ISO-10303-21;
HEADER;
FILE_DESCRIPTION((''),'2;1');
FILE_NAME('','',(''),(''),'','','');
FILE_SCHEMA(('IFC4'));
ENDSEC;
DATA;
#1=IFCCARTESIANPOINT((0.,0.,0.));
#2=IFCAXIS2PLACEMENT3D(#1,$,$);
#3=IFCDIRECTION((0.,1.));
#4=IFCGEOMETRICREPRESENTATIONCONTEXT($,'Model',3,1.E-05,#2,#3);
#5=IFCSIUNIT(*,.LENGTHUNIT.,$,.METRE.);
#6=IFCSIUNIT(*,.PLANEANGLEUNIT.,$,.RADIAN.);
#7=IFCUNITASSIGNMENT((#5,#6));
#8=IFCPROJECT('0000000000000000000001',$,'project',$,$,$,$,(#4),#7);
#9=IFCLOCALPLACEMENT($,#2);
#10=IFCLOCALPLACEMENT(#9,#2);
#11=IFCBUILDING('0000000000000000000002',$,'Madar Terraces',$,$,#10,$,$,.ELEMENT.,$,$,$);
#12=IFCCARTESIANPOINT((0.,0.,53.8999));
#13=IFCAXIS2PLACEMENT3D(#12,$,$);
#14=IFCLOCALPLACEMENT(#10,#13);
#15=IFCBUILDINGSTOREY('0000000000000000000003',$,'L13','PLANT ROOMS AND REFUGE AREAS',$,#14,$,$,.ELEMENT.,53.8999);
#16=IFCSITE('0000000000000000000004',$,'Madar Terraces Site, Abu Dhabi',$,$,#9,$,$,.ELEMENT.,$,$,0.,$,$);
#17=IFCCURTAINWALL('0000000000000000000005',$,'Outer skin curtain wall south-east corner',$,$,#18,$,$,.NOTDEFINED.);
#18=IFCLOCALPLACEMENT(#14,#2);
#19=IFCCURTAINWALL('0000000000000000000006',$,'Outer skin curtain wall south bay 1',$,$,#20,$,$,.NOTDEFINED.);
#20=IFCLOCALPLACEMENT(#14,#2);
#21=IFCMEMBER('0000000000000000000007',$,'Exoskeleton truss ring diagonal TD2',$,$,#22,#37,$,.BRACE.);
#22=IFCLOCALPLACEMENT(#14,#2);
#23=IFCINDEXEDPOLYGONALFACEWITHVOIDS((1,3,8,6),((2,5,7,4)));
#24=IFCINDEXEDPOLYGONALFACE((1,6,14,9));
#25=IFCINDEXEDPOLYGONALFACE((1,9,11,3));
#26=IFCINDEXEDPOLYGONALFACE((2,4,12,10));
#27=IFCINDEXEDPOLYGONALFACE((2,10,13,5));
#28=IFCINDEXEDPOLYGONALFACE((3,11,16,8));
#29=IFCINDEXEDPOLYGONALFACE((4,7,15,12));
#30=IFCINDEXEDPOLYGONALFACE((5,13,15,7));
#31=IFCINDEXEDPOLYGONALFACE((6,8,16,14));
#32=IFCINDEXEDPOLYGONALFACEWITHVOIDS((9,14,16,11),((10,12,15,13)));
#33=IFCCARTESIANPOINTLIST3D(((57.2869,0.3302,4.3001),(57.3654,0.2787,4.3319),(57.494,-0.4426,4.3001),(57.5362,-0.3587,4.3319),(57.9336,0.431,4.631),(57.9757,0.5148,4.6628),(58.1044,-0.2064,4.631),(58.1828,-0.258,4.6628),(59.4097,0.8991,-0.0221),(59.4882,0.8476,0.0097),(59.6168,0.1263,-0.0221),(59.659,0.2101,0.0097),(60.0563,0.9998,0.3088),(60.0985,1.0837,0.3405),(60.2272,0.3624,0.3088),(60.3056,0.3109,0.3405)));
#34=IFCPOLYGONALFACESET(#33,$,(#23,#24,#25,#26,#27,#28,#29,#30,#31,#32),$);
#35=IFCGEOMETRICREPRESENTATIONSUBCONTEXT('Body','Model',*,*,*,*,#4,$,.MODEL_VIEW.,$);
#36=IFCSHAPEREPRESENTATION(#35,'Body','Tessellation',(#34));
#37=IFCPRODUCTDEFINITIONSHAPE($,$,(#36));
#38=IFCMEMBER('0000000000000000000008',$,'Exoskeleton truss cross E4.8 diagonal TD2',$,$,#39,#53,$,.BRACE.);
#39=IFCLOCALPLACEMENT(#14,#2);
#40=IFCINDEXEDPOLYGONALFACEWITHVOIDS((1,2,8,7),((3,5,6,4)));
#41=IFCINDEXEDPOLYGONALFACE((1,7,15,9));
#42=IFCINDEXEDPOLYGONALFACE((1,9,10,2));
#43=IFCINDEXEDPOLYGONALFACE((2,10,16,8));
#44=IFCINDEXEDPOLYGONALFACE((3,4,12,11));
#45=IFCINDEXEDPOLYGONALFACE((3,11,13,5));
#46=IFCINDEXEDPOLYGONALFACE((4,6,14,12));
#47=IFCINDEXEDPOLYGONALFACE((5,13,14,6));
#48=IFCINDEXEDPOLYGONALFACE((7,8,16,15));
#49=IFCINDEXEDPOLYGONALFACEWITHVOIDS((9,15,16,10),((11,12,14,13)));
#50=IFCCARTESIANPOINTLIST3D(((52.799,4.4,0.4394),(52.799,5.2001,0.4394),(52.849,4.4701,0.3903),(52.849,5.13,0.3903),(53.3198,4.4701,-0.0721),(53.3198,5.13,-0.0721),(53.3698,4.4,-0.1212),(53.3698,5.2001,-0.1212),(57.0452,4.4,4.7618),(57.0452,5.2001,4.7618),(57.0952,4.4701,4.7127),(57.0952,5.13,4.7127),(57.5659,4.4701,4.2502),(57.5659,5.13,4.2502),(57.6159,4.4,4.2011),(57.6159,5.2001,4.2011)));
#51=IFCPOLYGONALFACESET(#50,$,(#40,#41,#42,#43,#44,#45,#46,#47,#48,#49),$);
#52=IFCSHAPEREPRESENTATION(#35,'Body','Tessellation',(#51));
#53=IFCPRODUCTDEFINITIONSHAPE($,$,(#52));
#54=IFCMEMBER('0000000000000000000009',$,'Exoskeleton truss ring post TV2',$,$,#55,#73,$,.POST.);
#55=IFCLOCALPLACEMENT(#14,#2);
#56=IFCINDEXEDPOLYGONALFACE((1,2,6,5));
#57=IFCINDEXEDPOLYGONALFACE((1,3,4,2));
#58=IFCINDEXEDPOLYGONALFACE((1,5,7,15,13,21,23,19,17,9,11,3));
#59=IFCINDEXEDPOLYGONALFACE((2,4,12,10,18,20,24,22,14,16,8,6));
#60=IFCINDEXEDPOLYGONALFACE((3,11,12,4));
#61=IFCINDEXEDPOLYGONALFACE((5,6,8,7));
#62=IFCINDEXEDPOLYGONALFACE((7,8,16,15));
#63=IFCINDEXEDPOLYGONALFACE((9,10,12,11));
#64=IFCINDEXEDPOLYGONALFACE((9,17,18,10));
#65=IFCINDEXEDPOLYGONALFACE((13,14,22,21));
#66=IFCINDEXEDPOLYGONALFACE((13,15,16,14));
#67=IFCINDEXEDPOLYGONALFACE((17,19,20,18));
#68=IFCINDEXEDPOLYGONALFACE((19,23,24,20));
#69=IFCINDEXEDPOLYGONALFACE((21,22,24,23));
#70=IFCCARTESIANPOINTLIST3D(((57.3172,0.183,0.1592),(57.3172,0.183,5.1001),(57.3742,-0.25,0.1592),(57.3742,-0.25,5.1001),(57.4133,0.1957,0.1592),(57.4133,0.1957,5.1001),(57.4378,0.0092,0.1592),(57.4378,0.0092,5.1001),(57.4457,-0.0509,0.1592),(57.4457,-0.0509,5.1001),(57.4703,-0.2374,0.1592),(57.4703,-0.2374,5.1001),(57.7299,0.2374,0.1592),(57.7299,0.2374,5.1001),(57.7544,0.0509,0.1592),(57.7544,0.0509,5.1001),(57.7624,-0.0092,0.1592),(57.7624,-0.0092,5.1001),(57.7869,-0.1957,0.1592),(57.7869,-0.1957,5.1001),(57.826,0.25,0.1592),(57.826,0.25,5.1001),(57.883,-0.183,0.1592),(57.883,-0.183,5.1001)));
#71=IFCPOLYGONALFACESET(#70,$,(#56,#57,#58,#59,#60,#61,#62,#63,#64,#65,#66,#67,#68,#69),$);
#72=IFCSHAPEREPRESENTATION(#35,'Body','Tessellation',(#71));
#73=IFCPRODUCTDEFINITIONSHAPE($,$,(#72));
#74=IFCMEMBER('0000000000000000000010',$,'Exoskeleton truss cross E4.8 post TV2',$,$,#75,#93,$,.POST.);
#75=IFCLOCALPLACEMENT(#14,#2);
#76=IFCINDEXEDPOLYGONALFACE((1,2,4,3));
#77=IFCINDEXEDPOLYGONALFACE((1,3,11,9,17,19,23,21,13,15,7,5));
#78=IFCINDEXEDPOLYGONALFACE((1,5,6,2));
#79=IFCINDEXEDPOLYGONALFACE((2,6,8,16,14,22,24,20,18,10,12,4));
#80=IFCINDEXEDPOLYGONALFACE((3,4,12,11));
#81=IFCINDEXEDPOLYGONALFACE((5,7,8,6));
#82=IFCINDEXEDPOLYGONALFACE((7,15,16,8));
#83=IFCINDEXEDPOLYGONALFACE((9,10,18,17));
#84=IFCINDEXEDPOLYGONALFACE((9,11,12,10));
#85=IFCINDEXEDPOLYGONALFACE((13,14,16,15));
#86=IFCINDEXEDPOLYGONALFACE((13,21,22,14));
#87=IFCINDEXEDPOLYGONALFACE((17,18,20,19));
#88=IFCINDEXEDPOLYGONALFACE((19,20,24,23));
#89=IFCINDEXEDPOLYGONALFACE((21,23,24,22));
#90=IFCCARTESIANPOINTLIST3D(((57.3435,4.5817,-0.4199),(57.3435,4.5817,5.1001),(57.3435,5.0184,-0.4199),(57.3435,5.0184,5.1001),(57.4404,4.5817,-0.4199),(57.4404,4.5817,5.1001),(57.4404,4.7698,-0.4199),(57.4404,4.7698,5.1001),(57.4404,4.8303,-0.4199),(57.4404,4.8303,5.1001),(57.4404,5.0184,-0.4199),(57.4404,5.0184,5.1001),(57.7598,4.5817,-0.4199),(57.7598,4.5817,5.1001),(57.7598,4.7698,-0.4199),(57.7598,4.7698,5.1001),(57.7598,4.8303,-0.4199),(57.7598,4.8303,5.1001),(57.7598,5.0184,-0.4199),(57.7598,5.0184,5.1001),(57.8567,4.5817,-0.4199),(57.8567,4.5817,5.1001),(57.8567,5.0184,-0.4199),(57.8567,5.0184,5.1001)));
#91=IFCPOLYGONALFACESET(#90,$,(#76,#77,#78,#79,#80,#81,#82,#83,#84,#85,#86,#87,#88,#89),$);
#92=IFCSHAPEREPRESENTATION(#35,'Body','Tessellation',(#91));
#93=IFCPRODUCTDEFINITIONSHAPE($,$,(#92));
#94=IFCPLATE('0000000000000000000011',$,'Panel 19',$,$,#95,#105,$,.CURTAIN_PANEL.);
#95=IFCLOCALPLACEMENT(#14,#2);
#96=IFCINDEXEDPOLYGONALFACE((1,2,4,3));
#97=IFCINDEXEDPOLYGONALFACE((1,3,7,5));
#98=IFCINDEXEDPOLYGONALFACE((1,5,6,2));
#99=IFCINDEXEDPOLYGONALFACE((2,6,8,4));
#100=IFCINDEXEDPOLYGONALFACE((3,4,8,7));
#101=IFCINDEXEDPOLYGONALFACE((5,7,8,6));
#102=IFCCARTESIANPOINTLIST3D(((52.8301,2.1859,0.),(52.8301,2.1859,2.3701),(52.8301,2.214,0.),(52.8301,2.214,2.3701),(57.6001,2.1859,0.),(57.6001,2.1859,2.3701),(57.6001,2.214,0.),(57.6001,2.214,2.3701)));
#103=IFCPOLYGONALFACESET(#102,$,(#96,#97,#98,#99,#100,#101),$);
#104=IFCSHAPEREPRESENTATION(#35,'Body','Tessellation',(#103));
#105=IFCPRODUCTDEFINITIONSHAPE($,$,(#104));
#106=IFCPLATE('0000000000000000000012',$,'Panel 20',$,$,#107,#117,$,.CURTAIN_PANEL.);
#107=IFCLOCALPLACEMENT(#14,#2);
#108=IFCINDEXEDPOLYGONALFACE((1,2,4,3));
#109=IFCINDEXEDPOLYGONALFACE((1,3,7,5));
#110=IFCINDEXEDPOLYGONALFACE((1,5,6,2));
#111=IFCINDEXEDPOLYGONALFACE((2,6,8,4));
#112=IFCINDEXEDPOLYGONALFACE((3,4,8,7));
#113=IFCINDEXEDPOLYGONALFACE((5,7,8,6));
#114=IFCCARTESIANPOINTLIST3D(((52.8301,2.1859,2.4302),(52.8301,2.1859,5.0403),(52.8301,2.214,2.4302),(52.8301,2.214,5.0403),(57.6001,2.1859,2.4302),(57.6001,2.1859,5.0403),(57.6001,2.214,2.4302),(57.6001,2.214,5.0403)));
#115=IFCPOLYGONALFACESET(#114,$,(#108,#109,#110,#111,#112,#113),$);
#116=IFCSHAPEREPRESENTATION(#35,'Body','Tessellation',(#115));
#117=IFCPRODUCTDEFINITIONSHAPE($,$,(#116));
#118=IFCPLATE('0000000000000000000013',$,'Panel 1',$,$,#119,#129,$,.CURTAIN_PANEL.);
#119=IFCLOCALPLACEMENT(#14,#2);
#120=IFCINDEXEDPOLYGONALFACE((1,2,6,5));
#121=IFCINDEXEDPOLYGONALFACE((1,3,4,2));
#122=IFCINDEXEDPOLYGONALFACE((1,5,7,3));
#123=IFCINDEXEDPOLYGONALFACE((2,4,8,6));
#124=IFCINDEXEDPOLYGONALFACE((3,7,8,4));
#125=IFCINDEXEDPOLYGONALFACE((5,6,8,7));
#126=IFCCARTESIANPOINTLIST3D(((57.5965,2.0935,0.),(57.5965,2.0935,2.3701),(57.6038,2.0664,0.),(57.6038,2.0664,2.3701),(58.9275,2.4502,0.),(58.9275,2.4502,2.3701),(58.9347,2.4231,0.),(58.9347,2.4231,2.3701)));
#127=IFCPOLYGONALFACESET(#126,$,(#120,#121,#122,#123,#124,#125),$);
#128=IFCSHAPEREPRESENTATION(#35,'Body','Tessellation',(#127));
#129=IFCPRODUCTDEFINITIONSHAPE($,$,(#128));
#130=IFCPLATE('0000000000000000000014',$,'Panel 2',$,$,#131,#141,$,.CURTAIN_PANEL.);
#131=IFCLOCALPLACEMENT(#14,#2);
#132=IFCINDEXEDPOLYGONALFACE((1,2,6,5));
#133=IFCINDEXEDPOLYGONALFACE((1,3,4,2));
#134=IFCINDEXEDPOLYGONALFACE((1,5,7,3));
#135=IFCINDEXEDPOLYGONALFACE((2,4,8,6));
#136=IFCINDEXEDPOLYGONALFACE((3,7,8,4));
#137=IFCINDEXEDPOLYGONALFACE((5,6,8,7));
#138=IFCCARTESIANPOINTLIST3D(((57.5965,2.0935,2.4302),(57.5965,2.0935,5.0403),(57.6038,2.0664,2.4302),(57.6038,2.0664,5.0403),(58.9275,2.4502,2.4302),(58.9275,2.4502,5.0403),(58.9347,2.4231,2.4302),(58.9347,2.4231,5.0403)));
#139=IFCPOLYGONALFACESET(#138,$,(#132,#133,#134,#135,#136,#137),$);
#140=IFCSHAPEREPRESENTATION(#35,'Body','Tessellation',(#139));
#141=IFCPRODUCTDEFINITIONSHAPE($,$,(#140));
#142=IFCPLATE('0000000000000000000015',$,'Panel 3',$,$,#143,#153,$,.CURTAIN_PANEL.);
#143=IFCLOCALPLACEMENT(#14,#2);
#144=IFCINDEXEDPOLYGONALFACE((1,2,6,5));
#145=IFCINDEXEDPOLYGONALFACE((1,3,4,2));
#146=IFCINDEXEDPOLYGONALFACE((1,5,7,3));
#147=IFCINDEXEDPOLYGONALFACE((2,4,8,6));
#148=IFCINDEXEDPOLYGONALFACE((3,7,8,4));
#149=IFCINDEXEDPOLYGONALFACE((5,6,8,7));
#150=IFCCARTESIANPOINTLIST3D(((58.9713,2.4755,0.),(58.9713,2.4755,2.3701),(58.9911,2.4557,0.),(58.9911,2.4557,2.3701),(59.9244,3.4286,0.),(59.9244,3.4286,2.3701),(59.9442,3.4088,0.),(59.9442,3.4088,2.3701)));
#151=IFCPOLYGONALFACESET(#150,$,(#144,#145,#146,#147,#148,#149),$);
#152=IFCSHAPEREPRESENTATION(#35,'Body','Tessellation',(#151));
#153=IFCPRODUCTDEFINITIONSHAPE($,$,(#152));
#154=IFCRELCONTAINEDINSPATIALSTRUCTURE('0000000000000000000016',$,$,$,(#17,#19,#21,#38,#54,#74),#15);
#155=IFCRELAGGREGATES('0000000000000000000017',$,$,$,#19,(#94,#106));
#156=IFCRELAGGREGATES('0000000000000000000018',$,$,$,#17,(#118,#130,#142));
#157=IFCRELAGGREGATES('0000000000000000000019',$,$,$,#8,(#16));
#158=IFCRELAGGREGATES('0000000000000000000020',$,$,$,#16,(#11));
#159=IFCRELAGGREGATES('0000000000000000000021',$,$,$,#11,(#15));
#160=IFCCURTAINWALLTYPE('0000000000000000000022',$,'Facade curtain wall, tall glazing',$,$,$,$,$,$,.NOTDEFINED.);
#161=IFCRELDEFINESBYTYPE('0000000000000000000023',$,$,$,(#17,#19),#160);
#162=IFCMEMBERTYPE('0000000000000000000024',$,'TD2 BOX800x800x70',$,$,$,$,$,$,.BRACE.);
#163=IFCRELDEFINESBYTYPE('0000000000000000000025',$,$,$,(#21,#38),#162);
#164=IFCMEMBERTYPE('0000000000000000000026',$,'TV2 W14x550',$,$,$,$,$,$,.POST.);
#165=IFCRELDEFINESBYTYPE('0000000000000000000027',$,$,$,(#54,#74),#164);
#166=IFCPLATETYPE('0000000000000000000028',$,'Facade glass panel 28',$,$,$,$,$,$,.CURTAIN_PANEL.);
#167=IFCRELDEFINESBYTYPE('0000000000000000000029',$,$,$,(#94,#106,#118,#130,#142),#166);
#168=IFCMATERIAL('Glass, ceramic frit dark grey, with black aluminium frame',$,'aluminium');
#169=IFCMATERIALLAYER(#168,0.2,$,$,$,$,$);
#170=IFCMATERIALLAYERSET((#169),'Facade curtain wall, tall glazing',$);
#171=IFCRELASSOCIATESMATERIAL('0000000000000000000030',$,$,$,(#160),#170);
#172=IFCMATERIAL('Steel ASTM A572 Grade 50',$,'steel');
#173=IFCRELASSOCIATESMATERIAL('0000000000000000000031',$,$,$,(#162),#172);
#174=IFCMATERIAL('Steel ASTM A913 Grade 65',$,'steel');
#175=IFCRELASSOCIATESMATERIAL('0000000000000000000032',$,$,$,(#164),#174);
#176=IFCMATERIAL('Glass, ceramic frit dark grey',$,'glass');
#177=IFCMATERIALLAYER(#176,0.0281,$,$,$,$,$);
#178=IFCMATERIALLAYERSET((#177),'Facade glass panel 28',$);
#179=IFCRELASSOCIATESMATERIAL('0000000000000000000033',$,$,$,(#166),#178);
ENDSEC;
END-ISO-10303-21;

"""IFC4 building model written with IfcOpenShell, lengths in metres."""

from ifc_helpers import new_model, si_unit, direction, frame, origin, origin_2d, place, context, subcontext, project, spatial, rectangle, hollow_rectangle, i_section, extrude, material, layer, layer_set, material_profile, profile_set, type_object, element, aggregate, save


model = new_model("IFC4")

# Units and contexts
model_context = context("Model", 3, precision=1e-05, world=origin(), true_north=direction((0.0, 1.0)))
body_context = subcontext(model_context, "Body", "Model", "MODEL_VIEW")
ifc_project = project(units=[si_unit("LENGTHUNIT", "METRE"), si_unit("PLANEANGLEUNIT", "RADIAN")], contexts=[model_context])

# Site, building, storey
site_placement = place(None, origin())
site = spatial("IfcSite", under=ifc_project, at=site_placement, Name="Madar Terraces Site, Abu Dhabi", CompositionType="ELEMENT", RefElevation=0.0)
building_placement = place(site_placement, origin())
building = spatial("IfcBuilding", under=site, at=building_placement, Name="Madar Terraces", CompositionType="ELEMENT")
storey_placement = place(building_placement, frame((0.0, 0.0, 53.8999)))
storey = spatial("IfcBuildingStorey", under=building, at=storey_placement, Name="L13", Description="PLANT ROOMS AND REFUGE AREAS", CompositionType="ELEMENT", Elevation=53.8999)

# Curtain walls
ifc_material_1 = material(Name="Glass, ceramic frit dark grey, with black aluminium frame", Category="aluminium")
ifc_layer_1 = layer(ifc_material_1, 0.2)
ifc_layer_set_1 = layer_set([ifc_layer_1], Name="Facade curtain wall, tall glazing")
curtain_wall_type = type_object("IfcCurtainWallType", Name="Facade curtain wall, tall glazing", PredefinedType="NOTDEFINED", material=ifc_layer_set_1)
curtain_wall_1_placement = place(storey_placement, origin())
curtain_wall_1 = element("IfcCurtainWall", 1, at=curtain_wall_1_placement, inside=storey, type_object=curtain_wall_type, Name="Outer skin curtain wall south-east corner", PredefinedType="NOTDEFINED")
curtain_wall_2_placement = place(storey_placement, origin())
curtain_wall_2 = element("IfcCurtainWall", 2, at=curtain_wall_2_placement, inside=storey, type_object=curtain_wall_type, Name="Outer skin curtain wall south bay 1", PredefinedType="NOTDEFINED")

# Members
ifc_material_2 = material(Name="Steel ASTM A572 Grade 50", Category="steel")
ifc_material_profile_1 = material_profile(ifc_material_2, hollow_rectangle(XDim=0.8, YDim=0.8, WallThickness=0.0701, at=origin_2d()), Name="BOX800x800x70")
ifc_profile_set_1 = profile_set([ifc_material_profile_1], Name="Steel ASTM A572 Grade 50")
member_type_1 = type_object("IfcMemberType", Name="TD2 BOX800x800x70", PredefinedType="BRACE", material=ifc_profile_set_1)
member_1_placement = place(storey_placement, frame((57.7349, 0.0361, 4.4814), z_axis=(0.43779, 0.117315, -0.89139), x_axis=(-0.258838, 0.965921, 0.0)))
element("IfcMember", 3, at=member_1_placement, inside=storey, type_object=member_type_1, Name="Exoskeleton truss ring diagonal TD2", PredefinedType="BRACE", context=body_context, shape_type="SweptSolid", body=[
    extrude(hollow_rectangle(XDim=0.8, YDim=0.8, WallThickness=0.0701, at=origin_2d()), origin(), (0.0, 0.0, 1.0), 4.8489),
])
member_2_placement = place(storey_placement, frame((57.3306, 4.8, 4.4814), z_axis=(-0.700793, 0.0, -0.713365), x_axis=(0.0, -1.0, 0.0)))
element("IfcMember", 4, at=member_2_placement, inside=storey, type_object=member_type_1, Name="Exoskeleton truss cross E4.8 diagonal TD2", PredefinedType="BRACE", context=body_context, shape_type="SweptSolid", body=[
    extrude(hollow_rectangle(XDim=0.8, YDim=0.8, WallThickness=0.0701, at=origin_2d()), origin(), (0.0, 0.0, 1.0), 6.0591),
])
ifc_material_3 = material(Name="Steel ASTM A913 Grade 65", Category="steel")
ifc_material_profile_2 = material_profile(ifc_material_3, i_section(OverallWidth=0.4368, OverallDepth=0.5132, WebThickness=0.0605, FlangeThickness=0.0969, at=origin_2d()), Name="W14x550")
ifc_profile_set_2 = profile_set([ifc_material_profile_2], Name="Steel ASTM A913 Grade 65")
member_type_2 = type_object("IfcMemberType", Name="TV2 W14x550", PredefinedType="POST", material=ifc_profile_set_2)
member_3_placement = place(storey_placement, frame((57.6001, 0.0, 0.1592), z_axis=(0.0, 0.0, 1.0), x_axis=(-0.130526, 0.991445, 0.0)))
element("IfcMember", 5, at=member_3_placement, inside=storey, type_object=member_type_2, Name="Exoskeleton truss ring post TV2", PredefinedType="POST", context=body_context, shape_type="SweptSolid", body=[
    extrude(i_section(OverallWidth=0.4368, OverallDepth=0.5132, WebThickness=0.0605, FlangeThickness=0.0969, at=origin_2d()), origin(), (0.0, 0.0, 1.0), 4.9409),
])
member_4_placement = place(storey_placement, frame((57.6001, 4.8, -0.4199), z_axis=(0.0, 0.0, 1.0), x_axis=(0.0, 1.0, 0.0)))
element("IfcMember", 6, at=member_4_placement, inside=storey, type_object=member_type_2, Name="Exoskeleton truss cross E4.8 post TV2", PredefinedType="POST", context=body_context, shape_type="SweptSolid", body=[
    extrude(i_section(OverallWidth=0.4368, OverallDepth=0.5132, WebThickness=0.0605, FlangeThickness=0.0969, at=origin_2d()), origin(), (0.0, 0.0, 1.0), 5.52),
])

# Plates
ifc_material_4 = material(Name="Glass, ceramic frit dark grey", Category="glass")
ifc_layer_2 = layer(ifc_material_4, 0.0281)
ifc_layer_set_2 = layer_set([ifc_layer_2], Name="Facade glass panel 28")
plate_type = type_object("IfcPlateType", Name="Facade glass panel 28", PredefinedType="CURTAIN_PANEL", material=ifc_layer_set_2)
plate_1_placement = place(storey_placement, frame((55.2151, 2.2, 0.0), z_axis=(0.0, 0.0, 1.0), x_axis=(1.0, 0.0, 0.0)))
plate_1 = element("IfcPlate", 7, at=plate_1_placement, type_object=plate_type, Name="Panel 19", PredefinedType="CURTAIN_PANEL", context=body_context, shape_type="SweptSolid", body=[
    extrude(rectangle(XDim=4.77, YDim=0.0281, at=origin_2d()), origin(), (0.0, 0.0, 1.0), 2.3701),
])
plate_2_placement = place(storey_placement, frame((55.2151, 2.2, 2.4302), z_axis=(0.0, 0.0, 1.0), x_axis=(1.0, 0.0, 0.0)))
plate_2 = element("IfcPlate", 8, at=plate_2_placement, type_object=plate_type, Name="Panel 20", PredefinedType="CURTAIN_PANEL", context=body_context, shape_type="SweptSolid", body=[
    extrude(rectangle(XDim=4.77, YDim=0.0281, at=origin_2d()), origin(), (0.0, 0.0, 1.0), 2.6101),
])
aggregate(curtain_wall_2, [plate_1, plate_2])
plate_3_placement = place(storey_placement, frame((58.2656, 2.2583, 0.0), z_axis=(0.0, 0.0, 1.0), x_axis=(0.965926, 0.258819, 0.0)))
plate_3 = element("IfcPlate", 9, at=plate_3_placement, type_object=plate_type, Name="Panel 1", PredefinedType="CURTAIN_PANEL", context=body_context, shape_type="SweptSolid", body=[
    extrude(rectangle(XDim=1.3779, YDim=0.0281, at=origin_2d()), origin(), (0.0, 0.0, 1.0), 2.3701),
])
plate_4_placement = place(storey_placement, frame((58.2656, 2.2583, 2.4302), z_axis=(0.0, 0.0, 1.0), x_axis=(0.965926, 0.258819, 0.0)))
plate_4 = element("IfcPlate", 10, at=plate_4_placement, type_object=plate_type, Name="Panel 2", PredefinedType="CURTAIN_PANEL", context=body_context, shape_type="SweptSolid", body=[
    extrude(rectangle(XDim=1.3779, YDim=0.0281, at=origin_2d()), origin(), (0.0, 0.0, 1.0), 2.6101),
])
plate_5_placement = place(storey_placement, frame((59.4578, 2.9421, 0.0), z_axis=(0.0, 0.0, 1.0), x_axis=(0.707107, 0.707107, 0.0)))
plate_5 = element("IfcPlate", 11, at=plate_5_placement, type_object=plate_type, Name="Panel 3", PredefinedType="CURTAIN_PANEL", context=body_context, shape_type="SweptSolid", body=[
    extrude(rectangle(XDim=1.3479, YDim=0.0281, at=origin_2d()), origin(), (0.0, 0.0, 1.0), 2.3701),
])
aggregate(curtain_wall_1, [plate_3, plate_4, plate_5])

save(model, "model.ifc")
